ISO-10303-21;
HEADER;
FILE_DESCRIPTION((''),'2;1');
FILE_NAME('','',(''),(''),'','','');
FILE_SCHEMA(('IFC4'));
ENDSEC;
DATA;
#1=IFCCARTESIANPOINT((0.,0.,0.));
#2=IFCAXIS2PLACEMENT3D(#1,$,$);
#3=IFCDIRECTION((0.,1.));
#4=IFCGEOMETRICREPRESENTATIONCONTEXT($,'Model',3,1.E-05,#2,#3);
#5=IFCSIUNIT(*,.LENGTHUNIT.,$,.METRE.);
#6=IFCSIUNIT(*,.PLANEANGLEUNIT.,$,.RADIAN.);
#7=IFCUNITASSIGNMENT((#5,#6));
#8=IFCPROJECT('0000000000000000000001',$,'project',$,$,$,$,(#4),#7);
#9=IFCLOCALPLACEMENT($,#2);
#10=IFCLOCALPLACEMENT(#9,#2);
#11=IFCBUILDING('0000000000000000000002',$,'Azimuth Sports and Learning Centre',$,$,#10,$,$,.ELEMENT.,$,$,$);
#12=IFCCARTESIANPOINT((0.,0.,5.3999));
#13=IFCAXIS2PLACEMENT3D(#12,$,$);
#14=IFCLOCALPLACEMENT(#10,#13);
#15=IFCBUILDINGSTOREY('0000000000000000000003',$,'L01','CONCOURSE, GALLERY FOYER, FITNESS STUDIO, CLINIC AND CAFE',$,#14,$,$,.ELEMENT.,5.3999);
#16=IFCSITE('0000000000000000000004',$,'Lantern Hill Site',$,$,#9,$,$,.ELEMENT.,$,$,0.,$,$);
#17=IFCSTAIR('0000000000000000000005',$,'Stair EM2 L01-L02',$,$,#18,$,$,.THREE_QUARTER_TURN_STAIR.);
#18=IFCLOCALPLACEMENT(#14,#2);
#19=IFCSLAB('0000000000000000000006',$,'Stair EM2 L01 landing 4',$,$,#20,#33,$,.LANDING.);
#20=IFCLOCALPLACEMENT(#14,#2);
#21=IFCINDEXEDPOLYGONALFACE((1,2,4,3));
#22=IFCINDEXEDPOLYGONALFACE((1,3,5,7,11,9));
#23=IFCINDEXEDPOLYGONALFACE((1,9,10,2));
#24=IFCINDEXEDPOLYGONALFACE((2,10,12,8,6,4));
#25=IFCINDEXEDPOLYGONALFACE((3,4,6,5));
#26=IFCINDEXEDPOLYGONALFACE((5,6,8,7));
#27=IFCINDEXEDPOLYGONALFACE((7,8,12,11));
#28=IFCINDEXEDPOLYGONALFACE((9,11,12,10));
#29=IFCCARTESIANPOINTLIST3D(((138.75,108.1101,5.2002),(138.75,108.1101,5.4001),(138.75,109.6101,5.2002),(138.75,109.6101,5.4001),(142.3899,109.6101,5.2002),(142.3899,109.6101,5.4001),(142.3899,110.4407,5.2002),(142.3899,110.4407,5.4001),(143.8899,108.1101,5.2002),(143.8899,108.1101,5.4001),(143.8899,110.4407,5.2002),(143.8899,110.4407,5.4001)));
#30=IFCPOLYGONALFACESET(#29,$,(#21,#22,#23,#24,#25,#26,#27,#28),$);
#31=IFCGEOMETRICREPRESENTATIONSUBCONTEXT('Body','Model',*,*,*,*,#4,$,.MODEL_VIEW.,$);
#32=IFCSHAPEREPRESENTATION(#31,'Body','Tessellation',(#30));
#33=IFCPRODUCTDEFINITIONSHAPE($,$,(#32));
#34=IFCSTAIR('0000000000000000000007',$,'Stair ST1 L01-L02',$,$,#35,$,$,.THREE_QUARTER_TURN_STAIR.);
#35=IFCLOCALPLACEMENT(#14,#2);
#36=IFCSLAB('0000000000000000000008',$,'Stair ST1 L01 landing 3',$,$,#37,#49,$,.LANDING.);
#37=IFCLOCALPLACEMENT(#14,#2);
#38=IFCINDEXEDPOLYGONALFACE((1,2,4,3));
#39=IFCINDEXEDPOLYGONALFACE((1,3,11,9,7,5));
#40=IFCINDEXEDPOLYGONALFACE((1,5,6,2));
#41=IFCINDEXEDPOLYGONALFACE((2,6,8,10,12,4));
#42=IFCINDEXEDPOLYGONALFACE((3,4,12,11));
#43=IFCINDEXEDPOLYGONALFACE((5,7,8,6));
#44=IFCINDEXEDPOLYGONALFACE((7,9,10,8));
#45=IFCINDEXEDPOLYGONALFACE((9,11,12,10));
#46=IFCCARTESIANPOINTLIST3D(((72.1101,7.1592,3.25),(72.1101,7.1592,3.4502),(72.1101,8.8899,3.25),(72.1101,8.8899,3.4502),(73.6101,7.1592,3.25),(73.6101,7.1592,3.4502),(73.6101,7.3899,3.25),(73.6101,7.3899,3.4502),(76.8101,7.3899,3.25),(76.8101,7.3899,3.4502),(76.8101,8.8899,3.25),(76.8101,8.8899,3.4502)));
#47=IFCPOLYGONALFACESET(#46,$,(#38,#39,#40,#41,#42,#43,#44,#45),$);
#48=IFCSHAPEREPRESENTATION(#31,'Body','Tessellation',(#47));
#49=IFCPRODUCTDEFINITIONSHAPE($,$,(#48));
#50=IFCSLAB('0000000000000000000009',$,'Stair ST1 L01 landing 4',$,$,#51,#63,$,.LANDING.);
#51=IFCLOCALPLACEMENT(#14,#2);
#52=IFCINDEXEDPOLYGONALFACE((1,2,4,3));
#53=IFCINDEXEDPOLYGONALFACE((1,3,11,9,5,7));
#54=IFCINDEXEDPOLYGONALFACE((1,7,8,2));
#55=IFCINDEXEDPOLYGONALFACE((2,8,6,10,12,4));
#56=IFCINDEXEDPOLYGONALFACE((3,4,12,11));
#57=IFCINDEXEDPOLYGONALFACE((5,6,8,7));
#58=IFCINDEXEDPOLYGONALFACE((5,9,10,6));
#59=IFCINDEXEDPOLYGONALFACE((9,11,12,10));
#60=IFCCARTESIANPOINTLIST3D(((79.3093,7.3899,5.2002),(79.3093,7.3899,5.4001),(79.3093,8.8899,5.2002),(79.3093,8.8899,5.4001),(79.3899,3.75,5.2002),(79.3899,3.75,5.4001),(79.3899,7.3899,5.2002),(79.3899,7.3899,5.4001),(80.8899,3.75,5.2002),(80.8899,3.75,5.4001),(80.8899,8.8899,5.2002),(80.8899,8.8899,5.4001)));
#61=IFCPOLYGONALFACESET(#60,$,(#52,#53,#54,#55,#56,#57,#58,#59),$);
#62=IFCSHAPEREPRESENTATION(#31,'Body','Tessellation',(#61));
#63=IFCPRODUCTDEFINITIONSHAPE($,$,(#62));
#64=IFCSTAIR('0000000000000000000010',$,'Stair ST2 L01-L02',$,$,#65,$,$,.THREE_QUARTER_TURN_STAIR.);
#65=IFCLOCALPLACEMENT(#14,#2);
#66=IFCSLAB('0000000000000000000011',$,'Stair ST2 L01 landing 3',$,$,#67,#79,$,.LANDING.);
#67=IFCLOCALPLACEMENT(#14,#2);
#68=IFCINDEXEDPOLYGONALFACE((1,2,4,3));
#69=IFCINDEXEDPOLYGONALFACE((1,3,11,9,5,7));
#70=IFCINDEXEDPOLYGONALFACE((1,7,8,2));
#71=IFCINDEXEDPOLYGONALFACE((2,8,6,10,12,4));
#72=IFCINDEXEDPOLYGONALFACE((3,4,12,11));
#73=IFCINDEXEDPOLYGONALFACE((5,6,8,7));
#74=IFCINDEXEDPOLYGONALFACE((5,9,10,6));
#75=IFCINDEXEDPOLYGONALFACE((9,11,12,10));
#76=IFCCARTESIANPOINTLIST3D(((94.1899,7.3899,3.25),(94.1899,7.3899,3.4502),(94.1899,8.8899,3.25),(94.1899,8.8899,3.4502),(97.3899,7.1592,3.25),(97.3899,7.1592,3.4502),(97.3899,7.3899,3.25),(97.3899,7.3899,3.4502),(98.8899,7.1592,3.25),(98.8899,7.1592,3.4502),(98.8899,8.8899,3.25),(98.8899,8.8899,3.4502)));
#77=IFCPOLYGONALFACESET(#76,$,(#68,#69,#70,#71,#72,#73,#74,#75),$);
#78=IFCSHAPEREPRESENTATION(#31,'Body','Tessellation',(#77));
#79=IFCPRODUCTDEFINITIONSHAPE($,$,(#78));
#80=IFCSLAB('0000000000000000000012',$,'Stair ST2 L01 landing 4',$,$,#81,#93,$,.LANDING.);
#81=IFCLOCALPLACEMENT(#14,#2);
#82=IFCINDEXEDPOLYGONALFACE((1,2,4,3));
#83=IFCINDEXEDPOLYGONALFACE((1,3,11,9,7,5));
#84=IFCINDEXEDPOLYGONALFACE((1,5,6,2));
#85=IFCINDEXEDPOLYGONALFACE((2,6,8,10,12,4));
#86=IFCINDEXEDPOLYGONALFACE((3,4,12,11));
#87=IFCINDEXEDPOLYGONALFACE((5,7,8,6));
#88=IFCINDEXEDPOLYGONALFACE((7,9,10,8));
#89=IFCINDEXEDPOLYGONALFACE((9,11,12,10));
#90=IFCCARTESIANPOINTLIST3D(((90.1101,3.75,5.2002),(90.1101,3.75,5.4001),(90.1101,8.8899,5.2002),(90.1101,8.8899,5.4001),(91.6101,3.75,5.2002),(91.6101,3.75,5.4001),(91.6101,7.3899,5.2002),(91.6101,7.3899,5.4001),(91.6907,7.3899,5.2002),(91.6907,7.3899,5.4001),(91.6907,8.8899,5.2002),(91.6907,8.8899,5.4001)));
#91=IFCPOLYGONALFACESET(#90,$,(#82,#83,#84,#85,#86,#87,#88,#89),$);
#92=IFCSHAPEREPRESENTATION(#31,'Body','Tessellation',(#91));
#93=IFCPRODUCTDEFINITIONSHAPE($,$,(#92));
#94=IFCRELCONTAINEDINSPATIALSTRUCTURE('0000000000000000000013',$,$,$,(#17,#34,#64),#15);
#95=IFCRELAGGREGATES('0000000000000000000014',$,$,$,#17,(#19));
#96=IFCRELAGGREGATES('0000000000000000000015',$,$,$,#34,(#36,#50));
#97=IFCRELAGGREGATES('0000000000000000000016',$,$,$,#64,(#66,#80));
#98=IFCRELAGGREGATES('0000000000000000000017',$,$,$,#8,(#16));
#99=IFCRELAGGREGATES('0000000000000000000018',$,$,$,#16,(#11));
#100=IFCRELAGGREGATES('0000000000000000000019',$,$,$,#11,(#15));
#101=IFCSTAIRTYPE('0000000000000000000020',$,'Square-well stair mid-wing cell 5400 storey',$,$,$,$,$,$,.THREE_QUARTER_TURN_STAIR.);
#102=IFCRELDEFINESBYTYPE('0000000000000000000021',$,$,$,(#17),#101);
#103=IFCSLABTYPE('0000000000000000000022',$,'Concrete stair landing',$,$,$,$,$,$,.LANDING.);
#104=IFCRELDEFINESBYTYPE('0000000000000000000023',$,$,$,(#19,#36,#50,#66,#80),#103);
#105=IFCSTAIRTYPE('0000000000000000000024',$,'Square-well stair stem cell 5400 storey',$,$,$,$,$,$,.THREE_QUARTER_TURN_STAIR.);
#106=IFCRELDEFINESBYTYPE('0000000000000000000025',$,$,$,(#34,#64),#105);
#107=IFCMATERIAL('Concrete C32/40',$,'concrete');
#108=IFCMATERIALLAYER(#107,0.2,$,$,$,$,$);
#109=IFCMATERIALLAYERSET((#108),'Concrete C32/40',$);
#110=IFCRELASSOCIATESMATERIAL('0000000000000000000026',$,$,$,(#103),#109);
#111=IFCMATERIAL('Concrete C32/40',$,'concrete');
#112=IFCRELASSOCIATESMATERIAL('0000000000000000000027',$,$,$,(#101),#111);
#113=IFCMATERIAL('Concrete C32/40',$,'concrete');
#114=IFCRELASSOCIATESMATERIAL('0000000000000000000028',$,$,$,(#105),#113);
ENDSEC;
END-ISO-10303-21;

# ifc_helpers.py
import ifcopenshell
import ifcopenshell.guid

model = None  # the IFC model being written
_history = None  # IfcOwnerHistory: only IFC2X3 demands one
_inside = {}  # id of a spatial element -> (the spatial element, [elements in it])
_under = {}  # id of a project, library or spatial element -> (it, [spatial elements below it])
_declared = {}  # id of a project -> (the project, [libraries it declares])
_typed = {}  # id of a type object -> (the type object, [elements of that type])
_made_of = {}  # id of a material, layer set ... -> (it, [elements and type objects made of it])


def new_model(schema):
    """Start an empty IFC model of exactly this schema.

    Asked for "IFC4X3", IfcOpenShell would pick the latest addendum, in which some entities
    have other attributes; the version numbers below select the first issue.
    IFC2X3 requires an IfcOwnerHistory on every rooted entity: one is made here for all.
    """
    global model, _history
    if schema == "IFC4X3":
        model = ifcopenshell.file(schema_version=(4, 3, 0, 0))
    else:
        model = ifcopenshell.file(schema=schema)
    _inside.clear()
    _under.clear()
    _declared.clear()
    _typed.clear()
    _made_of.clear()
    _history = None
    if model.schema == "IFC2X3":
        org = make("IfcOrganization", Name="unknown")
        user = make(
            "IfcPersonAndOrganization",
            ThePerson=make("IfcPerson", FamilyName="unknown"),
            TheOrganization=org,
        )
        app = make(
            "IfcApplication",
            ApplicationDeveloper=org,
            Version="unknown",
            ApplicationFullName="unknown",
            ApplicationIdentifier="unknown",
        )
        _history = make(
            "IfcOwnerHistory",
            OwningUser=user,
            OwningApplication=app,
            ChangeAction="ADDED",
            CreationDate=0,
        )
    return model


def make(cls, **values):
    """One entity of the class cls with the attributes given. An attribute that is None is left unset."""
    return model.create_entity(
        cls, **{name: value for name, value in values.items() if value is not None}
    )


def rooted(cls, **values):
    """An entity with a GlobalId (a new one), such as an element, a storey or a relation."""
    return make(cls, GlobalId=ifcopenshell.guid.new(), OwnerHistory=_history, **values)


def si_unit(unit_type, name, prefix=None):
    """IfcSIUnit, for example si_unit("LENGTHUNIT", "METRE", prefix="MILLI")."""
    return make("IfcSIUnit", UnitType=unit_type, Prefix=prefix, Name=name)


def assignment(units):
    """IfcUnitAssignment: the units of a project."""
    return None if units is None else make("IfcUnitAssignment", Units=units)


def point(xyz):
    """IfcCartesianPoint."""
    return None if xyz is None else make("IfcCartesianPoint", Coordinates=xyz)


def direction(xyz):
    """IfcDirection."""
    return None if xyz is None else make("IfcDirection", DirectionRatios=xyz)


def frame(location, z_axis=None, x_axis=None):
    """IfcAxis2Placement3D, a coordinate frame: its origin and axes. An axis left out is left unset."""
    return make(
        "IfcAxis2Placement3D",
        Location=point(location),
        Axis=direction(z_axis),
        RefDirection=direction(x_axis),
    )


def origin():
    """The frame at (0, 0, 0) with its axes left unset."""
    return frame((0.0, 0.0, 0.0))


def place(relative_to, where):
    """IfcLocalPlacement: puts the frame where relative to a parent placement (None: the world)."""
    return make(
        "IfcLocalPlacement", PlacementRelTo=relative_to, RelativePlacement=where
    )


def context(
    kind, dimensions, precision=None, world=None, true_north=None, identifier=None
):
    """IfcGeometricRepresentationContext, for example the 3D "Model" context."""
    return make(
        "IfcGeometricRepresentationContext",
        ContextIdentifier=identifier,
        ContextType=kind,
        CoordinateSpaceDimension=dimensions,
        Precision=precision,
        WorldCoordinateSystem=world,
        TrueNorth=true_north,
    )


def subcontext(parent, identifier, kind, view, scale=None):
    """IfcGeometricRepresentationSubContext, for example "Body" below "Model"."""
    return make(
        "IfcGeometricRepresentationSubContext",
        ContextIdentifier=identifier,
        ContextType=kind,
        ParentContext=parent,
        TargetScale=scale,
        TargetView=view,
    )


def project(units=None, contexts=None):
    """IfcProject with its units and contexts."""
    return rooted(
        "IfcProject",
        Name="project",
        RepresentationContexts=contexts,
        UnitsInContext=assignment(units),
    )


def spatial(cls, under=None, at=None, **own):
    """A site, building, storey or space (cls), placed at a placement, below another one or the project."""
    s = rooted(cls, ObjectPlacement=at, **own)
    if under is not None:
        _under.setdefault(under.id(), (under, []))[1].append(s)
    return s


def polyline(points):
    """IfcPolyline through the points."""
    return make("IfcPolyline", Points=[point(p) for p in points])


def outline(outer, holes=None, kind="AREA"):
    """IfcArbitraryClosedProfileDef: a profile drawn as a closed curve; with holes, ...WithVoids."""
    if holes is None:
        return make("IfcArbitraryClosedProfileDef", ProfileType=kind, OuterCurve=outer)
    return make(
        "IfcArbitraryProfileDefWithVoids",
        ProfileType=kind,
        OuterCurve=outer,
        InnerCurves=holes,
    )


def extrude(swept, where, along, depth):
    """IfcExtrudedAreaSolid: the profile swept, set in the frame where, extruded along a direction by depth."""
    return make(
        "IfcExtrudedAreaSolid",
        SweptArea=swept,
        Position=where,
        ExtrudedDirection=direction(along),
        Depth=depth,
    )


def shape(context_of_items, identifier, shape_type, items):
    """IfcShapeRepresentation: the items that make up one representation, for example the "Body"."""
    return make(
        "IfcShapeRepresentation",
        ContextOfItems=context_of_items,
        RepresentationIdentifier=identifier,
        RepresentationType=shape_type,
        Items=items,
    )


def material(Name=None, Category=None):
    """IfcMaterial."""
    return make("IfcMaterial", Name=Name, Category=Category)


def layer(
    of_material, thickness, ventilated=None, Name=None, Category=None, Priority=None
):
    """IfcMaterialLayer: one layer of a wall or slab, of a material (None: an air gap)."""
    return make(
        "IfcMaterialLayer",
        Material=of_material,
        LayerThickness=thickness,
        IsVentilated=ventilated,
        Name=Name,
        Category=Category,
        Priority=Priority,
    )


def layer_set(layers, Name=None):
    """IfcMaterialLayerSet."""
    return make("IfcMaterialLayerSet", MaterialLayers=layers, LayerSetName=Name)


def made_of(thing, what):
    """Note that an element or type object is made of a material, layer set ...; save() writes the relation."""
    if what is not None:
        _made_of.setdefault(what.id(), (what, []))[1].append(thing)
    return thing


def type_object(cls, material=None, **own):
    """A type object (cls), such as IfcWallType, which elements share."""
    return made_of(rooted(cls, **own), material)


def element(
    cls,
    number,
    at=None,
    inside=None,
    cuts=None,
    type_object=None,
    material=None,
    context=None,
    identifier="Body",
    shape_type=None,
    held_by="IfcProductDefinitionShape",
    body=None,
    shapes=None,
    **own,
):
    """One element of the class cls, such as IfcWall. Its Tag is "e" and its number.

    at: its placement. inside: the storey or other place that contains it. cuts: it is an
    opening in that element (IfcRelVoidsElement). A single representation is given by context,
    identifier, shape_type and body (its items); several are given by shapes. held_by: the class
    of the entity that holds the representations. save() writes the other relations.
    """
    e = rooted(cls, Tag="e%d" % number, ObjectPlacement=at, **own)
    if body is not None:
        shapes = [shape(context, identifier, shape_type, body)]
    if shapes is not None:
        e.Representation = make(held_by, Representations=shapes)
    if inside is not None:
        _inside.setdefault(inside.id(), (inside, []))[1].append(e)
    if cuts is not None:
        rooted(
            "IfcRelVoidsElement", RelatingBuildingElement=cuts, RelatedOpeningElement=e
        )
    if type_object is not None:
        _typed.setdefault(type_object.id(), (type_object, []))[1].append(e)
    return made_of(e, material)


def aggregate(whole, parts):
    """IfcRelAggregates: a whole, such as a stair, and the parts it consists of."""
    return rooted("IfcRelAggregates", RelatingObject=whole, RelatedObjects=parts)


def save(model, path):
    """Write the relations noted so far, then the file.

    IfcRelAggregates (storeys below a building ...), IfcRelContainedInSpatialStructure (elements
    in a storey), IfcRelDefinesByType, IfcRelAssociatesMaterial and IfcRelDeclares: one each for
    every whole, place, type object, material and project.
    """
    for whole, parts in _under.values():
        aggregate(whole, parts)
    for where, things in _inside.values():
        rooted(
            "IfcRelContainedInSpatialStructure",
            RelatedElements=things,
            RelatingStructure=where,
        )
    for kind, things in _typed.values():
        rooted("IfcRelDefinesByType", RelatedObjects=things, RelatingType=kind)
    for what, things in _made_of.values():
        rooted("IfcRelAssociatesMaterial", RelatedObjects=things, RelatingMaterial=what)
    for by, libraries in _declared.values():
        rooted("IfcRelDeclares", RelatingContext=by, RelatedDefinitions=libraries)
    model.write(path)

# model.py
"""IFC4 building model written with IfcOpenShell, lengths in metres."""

from ifc_helpers import new_model, si_unit, direction, frame, origin, place, context, subcontext, project, spatial, polyline, outline, extrude, material, layer, layer_set, type_object, element, aggregate, save


model = new_model("IFC4")

# Units and contexts
model_context = context("Model", 3, precision=1e-05, world=origin(), true_north=direction((0.0, 1.0)))
body_context = subcontext(model_context, "Body", "Model", "MODEL_VIEW")
ifc_project = project(units=[si_unit("LENGTHUNIT", "METRE"), si_unit("PLANEANGLEUNIT", "RADIAN")], contexts=[model_context])

# Site, building, storey
site_placement = place(None, origin())
site = spatial("IfcSite", under=ifc_project, at=site_placement, Name="Lantern Hill Site", CompositionType="ELEMENT", RefElevation=0.0)
building_placement = place(site_placement, origin())
building = spatial("IfcBuilding", under=site, at=building_placement, Name="Azimuth Sports and Learning Centre", CompositionType="ELEMENT")
storey_placement = place(building_placement, frame((0.0, 0.0, 5.3999)))
storey = spatial("IfcBuildingStorey", under=building, at=storey_placement, Name="L01", Description="CONCOURSE, GALLERY FOYER, FITNESS STUDIO, CLINIC AND CAFE", CompositionType="ELEMENT", Elevation=5.3999)

# Stairs, slabs
ifc_material_1 = material(Name="Concrete C32/40", Category="concrete")
ifc_layer = layer(ifc_material_1, 0.2)
ifc_layer_set = layer_set([ifc_layer], Name="Concrete C32/40")
slab_type = type_object("IfcSlabType", Name="Concrete stair landing", PredefinedType="LANDING", material=ifc_layer_set)
ifc_material_2 = material(Name="Concrete C32/40", Category="concrete")
stair_type_1 = type_object("IfcStairType", Name="Square-well stair mid-wing cell 5400 storey", PredefinedType="THREE_QUARTER_TURN_STAIR", material=ifc_material_2)
stair_1_placement = place(storey_placement, origin())
stair_1 = element("IfcStair", 1, at=stair_1_placement, inside=storey, type_object=stair_type_1, Name="Stair EM2 L01-L02", PredefinedType="THREE_QUARTER_TURN_STAIR")
slab_1_placement = place(storey_placement, frame((0.0, 0.0, 5.2002)))
slab_1 = element("IfcSlab", 2, at=slab_1_placement, type_object=slab_type, Name="Stair EM2 L01 landing 4", PredefinedType="LANDING", context=body_context, shape_type="SweptSolid", body=[
    extrude(outline(polyline([(142.3899, 109.6101), (138.75, 109.6101), (138.75, 108.1101), (143.8899, 108.1101), (143.8899, 110.4407), (142.3899, 110.4407), (142.3899, 109.6101)])), origin(), (0.0, 0.0, 1.0), 0.2),
])
aggregate(stair_1, [slab_1])
ifc_material_3 = material(Name="Concrete C32/40", Category="concrete")
stair_type_2 = type_object("IfcStairType", Name="Square-well stair stem cell 5400 storey", PredefinedType="THREE_QUARTER_TURN_STAIR", material=ifc_material_3)
stair_2_placement = place(storey_placement, origin())
stair_2 = element("IfcStair", 3, at=stair_2_placement, inside=storey, type_object=stair_type_2, Name="Stair ST1 L01-L02", PredefinedType="THREE_QUARTER_TURN_STAIR")
slab_2_placement = place(storey_placement, frame((0.0, 0.0, 3.25)))
slab_2 = element("IfcSlab", 4, at=slab_2_placement, type_object=slab_type, Name="Stair ST1 L01 landing 3", PredefinedType="LANDING", context=body_context, shape_type="SweptSolid", body=[
    extrude(outline(polyline([(73.6101, 7.3899), (76.8101, 7.3899), (76.8101, 8.8899), (72.1101, 8.8899), (72.1101, 7.1592), (73.6101, 7.1592), (73.6101, 7.3899)])), origin(), (0.0, 0.0, 1.0), 0.2002),
])
slab_3_placement = place(storey_placement, frame((0.0, 0.0, 5.2002)))
slab_3 = element("IfcSlab", 5, at=slab_3_placement, type_object=slab_type, Name="Stair ST1 L01 landing 4", PredefinedType="LANDING", context=body_context, shape_type="SweptSolid", body=[
    extrude(outline(polyline([(79.3899, 7.3899), (79.3899, 3.75), (80.8899, 3.75), (80.8899, 8.8899), (79.3093, 8.8899), (79.3093, 7.3899), (79.3899, 7.3899)])), origin(), (0.0, 0.0, 1.0), 0.2),
])
aggregate(stair_2, [slab_2, slab_3])
stair_3_placement = place(storey_placement, origin())
stair_3 = element("IfcStair", 6, at=stair_3_placement, inside=storey, type_object=stair_type_2, Name="Stair ST2 L01-L02", PredefinedType="THREE_QUARTER_TURN_STAIR")
slab_4_placement = place(storey_placement, frame((0.0, 0.0, 3.25)))
slab_4 = element("IfcSlab", 7, at=slab_4_placement, type_object=slab_type, Name="Stair ST2 L01 landing 3", PredefinedType="LANDING", context=body_context, shape_type="SweptSolid", body=[
    extrude(outline(polyline([(97.3899, 7.3899), (97.3899, 7.1592), (98.8899, 7.1592), (98.8899, 8.8899), (94.1899, 8.8899), (94.1899, 7.3899), (97.3899, 7.3899)])), origin(), (0.0, 0.0, 1.0), 0.2002),
])
slab_5_placement = place(storey_placement, frame((0.0, 0.0, 5.2002)))
slab_5 = element("IfcSlab", 8, at=slab_5_placement, type_object=slab_type, Name="Stair ST2 L01 landing 4", PredefinedType="LANDING", context=body_context, shape_type="SweptSolid", body=[
    extrude(outline(polyline([(91.6101, 7.3899), (91.6907, 7.3899), (91.6907, 8.8899), (90.1101, 8.8899), (90.1101, 3.75), (91.6101, 3.75), (91.6101, 7.3899)])), origin(), (0.0, 0.0, 1.0), 0.2),
])
aggregate(stair_3, [slab_4, slab_5])

save(model, "model.ifc")
